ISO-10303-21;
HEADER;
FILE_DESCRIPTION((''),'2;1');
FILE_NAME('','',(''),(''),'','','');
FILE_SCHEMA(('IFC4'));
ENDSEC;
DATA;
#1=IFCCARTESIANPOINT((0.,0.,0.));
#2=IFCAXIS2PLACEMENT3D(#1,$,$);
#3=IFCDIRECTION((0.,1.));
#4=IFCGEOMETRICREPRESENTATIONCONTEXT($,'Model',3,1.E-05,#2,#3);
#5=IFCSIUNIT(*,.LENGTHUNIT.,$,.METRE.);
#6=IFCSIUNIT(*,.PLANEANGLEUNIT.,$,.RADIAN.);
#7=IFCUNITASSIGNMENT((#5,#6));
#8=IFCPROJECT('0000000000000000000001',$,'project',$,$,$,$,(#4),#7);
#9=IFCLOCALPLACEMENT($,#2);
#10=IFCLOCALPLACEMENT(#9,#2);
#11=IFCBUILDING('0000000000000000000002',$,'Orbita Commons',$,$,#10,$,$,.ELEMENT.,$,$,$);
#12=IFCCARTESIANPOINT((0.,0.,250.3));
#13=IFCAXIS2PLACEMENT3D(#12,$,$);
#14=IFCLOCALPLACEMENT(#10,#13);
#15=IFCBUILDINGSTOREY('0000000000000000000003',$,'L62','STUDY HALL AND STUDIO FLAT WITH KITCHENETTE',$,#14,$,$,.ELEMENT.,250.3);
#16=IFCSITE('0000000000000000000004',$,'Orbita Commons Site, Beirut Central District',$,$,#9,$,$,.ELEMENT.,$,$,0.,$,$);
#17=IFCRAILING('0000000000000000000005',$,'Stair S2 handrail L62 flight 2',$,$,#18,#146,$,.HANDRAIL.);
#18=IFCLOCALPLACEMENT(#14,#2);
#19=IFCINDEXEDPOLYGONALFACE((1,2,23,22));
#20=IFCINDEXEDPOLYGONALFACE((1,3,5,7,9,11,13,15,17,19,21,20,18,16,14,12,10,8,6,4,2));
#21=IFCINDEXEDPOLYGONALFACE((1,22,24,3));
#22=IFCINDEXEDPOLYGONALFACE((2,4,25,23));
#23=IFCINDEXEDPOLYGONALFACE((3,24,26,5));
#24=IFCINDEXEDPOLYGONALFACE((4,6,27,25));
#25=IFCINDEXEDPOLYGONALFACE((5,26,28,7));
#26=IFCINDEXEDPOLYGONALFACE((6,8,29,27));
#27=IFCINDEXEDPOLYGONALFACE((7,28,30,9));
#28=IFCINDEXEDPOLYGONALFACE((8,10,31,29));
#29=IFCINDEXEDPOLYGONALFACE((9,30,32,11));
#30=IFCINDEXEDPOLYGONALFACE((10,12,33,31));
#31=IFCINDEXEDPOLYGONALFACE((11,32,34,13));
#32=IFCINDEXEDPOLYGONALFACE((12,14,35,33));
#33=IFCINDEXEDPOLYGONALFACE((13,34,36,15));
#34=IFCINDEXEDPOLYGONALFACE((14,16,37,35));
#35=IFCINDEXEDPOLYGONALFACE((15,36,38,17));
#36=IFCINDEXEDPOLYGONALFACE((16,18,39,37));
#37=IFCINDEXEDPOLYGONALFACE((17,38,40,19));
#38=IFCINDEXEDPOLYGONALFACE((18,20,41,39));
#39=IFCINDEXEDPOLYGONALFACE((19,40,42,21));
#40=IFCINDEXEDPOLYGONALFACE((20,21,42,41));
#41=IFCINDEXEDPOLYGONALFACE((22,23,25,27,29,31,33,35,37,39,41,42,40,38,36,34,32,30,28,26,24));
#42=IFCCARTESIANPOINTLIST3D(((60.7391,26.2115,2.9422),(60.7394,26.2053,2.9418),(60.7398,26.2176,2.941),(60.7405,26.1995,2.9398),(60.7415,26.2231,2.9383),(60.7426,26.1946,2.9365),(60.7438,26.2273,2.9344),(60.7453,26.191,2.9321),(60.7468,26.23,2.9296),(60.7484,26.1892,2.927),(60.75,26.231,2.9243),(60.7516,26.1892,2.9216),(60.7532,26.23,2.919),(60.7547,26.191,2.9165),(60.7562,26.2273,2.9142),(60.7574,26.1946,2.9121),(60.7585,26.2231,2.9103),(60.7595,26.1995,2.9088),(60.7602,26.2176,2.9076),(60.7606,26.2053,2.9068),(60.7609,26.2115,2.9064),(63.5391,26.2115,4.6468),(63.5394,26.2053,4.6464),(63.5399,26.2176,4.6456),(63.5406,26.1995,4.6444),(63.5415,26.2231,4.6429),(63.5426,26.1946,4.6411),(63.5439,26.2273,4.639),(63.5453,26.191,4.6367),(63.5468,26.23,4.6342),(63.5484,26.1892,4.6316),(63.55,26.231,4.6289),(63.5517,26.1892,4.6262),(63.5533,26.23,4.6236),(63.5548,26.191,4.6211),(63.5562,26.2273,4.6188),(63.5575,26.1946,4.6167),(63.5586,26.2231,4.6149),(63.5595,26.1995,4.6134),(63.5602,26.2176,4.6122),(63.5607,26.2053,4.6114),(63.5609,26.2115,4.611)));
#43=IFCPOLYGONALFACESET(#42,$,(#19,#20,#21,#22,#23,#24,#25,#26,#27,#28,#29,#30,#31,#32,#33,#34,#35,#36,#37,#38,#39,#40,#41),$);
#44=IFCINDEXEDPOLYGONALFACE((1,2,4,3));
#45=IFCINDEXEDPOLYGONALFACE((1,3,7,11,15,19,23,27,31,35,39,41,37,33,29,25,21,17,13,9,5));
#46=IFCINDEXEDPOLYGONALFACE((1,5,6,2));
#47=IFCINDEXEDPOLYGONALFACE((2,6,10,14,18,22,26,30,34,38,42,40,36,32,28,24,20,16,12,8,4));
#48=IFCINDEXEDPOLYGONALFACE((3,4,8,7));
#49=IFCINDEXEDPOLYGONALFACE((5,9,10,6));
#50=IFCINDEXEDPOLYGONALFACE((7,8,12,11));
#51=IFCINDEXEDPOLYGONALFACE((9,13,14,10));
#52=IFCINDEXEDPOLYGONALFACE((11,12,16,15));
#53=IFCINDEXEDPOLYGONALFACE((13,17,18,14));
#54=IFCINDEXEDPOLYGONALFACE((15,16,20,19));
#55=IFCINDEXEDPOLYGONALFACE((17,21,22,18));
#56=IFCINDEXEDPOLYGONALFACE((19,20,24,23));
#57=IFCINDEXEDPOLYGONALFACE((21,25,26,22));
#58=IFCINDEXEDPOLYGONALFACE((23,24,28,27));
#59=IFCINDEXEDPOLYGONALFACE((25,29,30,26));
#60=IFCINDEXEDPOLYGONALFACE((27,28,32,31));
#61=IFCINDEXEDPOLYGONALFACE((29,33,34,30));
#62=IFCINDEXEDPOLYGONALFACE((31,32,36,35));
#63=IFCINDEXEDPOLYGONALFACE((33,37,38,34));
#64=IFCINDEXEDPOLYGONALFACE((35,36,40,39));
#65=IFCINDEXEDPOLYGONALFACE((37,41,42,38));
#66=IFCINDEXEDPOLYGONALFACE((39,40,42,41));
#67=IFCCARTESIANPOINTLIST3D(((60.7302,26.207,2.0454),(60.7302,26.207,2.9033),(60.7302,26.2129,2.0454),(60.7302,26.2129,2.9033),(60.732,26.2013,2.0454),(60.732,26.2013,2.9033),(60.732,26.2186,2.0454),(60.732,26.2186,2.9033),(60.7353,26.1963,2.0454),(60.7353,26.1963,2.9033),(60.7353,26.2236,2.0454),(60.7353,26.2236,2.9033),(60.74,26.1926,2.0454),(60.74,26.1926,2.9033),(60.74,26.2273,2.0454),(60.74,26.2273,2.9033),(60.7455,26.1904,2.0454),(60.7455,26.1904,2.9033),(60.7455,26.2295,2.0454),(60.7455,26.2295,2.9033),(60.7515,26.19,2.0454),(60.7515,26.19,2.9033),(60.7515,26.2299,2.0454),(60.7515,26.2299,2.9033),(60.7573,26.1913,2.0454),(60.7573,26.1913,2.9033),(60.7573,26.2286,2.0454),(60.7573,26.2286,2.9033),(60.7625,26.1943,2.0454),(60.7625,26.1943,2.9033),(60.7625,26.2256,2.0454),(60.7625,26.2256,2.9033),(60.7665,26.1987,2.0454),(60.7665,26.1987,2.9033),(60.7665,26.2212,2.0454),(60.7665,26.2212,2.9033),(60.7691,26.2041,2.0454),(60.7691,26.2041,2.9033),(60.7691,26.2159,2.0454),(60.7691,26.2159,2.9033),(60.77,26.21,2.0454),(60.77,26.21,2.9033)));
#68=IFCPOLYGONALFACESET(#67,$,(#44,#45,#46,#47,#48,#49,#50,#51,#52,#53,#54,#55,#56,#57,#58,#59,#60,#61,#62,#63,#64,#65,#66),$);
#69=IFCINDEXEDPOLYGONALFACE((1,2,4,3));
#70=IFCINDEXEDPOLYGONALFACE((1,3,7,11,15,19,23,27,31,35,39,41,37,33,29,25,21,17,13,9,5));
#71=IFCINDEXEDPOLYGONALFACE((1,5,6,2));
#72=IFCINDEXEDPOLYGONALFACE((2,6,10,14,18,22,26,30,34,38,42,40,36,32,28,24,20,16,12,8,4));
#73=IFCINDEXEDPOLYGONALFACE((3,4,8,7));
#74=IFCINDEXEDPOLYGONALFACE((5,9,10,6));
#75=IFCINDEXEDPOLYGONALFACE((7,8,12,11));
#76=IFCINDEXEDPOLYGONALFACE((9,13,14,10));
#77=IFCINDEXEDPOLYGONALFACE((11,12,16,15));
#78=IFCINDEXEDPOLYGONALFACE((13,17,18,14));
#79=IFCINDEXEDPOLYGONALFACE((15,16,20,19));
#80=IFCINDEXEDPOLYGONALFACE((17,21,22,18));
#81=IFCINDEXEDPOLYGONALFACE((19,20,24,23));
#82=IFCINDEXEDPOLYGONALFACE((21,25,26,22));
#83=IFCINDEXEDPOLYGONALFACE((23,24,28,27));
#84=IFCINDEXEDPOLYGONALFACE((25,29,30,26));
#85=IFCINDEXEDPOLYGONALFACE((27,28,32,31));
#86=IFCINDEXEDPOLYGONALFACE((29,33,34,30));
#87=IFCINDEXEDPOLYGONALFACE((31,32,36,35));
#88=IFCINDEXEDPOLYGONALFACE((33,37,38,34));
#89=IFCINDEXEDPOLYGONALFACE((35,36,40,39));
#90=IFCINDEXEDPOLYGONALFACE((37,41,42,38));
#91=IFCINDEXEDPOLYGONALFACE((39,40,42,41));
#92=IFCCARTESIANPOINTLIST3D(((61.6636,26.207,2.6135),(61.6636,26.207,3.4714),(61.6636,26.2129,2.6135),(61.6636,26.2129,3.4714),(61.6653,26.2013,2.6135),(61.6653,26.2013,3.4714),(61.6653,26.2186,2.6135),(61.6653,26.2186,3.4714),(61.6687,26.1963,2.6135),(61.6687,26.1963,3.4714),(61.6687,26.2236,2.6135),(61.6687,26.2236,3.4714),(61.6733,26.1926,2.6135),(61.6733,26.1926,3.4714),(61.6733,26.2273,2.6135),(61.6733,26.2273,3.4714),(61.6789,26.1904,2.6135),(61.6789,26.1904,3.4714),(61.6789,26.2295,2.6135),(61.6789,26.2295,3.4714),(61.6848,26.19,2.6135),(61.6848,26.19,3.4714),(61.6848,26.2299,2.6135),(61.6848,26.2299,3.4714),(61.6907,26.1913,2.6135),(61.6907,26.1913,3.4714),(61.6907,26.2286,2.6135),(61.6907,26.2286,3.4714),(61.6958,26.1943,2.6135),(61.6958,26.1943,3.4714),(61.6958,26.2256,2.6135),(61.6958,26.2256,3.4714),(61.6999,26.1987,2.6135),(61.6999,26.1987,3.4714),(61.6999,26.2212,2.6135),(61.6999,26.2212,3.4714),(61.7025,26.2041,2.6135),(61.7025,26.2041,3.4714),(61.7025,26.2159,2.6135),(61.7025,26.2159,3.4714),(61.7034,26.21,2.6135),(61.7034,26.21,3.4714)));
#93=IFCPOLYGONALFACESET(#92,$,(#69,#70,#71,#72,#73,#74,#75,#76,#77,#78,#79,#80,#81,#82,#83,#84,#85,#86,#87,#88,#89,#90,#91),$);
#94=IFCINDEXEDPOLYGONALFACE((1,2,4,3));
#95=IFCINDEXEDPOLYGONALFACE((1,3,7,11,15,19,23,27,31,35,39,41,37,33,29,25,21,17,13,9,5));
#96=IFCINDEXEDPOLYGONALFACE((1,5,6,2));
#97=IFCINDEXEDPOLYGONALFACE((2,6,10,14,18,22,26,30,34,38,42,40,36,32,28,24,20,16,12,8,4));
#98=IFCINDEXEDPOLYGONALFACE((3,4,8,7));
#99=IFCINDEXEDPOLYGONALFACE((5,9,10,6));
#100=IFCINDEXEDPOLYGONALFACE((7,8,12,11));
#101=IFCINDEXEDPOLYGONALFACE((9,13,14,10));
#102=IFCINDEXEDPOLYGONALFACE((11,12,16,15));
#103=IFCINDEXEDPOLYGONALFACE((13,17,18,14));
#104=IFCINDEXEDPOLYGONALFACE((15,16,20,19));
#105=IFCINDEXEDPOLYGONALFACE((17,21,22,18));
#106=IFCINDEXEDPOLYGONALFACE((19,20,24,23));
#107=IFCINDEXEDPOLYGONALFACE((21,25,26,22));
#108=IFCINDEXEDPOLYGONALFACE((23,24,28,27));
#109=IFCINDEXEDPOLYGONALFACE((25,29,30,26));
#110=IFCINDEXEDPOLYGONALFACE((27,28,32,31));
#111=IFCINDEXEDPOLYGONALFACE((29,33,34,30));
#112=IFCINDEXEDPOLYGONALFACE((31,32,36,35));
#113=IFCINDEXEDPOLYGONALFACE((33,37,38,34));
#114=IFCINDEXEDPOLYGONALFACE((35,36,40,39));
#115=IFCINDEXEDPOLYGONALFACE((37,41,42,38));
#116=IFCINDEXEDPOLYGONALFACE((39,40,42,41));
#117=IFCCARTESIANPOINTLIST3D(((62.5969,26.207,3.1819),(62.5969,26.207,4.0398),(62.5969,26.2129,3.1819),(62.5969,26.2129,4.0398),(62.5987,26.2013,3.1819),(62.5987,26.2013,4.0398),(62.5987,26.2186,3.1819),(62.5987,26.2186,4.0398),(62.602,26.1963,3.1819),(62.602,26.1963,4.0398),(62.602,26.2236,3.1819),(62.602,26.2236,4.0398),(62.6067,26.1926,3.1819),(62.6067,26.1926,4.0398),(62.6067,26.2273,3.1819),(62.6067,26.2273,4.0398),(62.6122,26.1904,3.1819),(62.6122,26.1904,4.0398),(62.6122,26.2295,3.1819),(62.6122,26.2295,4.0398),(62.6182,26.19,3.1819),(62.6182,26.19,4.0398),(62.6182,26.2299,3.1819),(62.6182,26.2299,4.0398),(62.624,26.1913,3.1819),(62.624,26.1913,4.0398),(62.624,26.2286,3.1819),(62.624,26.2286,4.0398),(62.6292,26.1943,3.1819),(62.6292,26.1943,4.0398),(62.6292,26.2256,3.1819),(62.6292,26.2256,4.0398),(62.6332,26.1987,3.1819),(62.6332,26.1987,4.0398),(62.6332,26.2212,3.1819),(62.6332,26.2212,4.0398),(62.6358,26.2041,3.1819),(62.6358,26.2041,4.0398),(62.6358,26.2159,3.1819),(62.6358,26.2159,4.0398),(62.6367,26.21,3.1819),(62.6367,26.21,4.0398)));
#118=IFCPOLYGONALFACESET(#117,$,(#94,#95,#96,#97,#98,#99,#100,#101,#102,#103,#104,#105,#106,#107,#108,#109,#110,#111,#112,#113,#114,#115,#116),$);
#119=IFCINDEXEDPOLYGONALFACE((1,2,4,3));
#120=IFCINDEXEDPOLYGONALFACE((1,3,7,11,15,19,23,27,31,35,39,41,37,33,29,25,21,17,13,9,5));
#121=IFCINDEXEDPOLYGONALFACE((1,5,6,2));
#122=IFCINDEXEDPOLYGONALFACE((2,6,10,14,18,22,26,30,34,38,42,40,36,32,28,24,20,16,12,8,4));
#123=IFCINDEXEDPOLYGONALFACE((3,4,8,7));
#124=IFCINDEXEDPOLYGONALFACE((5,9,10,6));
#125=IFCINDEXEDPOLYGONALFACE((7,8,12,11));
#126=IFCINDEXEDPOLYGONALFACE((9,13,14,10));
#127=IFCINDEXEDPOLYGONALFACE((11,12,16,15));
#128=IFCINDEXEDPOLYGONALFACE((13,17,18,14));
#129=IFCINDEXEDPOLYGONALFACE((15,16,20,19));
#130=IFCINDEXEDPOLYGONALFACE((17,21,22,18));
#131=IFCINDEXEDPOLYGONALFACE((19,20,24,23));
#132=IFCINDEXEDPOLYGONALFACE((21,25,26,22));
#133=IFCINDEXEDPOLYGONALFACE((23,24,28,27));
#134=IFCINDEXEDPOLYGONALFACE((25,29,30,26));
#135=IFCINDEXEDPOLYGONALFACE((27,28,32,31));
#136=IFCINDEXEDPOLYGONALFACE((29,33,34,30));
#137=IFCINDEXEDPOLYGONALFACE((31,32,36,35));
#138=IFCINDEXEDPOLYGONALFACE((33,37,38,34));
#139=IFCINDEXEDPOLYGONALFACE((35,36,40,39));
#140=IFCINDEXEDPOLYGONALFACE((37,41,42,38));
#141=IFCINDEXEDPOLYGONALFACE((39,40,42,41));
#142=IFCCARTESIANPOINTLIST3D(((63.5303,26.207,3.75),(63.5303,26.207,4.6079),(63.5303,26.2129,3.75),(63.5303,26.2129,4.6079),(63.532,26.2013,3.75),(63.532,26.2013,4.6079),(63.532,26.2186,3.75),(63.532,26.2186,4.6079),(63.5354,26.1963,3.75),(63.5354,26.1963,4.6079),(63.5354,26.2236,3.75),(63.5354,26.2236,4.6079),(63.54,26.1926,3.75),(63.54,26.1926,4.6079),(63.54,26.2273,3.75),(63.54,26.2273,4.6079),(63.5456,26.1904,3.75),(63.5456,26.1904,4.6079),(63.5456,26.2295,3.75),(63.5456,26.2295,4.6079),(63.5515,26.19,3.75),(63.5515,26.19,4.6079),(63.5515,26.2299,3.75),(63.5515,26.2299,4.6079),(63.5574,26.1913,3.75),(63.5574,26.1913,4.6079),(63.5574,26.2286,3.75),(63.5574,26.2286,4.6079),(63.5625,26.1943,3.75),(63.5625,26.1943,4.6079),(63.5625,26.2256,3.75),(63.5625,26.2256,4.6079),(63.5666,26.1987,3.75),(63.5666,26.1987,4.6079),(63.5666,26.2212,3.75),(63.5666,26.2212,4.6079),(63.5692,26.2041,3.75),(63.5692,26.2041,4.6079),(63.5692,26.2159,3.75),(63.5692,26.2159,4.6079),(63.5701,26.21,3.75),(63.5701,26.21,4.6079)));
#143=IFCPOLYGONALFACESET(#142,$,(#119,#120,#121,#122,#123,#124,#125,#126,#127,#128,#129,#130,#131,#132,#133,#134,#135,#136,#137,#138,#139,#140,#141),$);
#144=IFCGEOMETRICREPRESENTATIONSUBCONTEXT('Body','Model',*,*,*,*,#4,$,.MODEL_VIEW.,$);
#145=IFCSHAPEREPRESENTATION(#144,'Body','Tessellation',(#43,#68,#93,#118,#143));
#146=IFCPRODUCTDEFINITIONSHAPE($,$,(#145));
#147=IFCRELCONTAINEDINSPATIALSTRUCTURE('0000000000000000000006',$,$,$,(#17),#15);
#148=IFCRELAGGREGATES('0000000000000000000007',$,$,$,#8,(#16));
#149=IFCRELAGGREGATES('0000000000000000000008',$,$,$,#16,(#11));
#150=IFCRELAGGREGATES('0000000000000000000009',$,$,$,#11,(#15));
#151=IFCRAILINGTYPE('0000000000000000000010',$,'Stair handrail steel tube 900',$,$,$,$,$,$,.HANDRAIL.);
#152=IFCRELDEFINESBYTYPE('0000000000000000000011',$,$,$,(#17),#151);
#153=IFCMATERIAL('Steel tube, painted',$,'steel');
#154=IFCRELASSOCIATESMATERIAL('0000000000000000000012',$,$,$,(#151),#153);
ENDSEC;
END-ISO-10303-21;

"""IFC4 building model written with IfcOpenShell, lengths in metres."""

from ifc_helpers import new_model, si_unit, direction, frame, origin, origin_2d, place, context, subcontext, project, spatial, circle, extrude, material, type_object, element, save


model = new_model("IFC4")

# Units and contexts
model_context = context("Model", 3, precision=1e-05, world=origin(), true_north=direction((0.0, 1.0)))
body_context = subcontext(model_context, "Body", "Model", "MODEL_VIEW")
ifc_project = project(units=[si_unit("LENGTHUNIT", "METRE"), si_unit("PLANEANGLEUNIT", "RADIAN")], contexts=[model_context])

# Site, building, storey
site_placement = place(None, origin())
site = spatial("IfcSite", under=ifc_project, at=site_placement, Name="Orbita Commons Site, Beirut Central District", CompositionType="ELEMENT", RefElevation=0.0)
building_placement = place(site_placement, origin())
building = spatial("IfcBuilding", under=site, at=building_placement, Name="Orbita Commons", CompositionType="ELEMENT")
storey_placement = place(building_placement, frame((0.0, 0.0, 250.3)))
storey = spatial("IfcBuildingStorey", under=building, at=storey_placement, Name="L62", Description="STUDY HALL AND STUDIO FLAT WITH KITCHENETTE", CompositionType="ELEMENT", Elevation=250.3)

# Railing
ifc_material_1 = material(Name="Steel tube, painted", Category="steel")
railing_type = type_object("IfcRailingType", Name="Stair handrail steel tube 900", PredefinedType="HANDRAIL", material=ifc_material_1)
for number, where, name in (
    (1, (60.75, 26.21, 2.0454), "Stair S2 handrail L62 flight 2"),
):
    element("IfcRailing", number, at=place(storey_placement, frame(where)), inside=storey, type_object=railing_type, Name=name, PredefinedType="HANDRAIL", context=body_context, shape_type="SweptSolid", body=[
        extrude(circle(Radius=0.021, at=origin_2d()), frame((0.0, 0.0, 0.8789), z_axis=(0.85417, 0.0, 0.519994), x_axis=(0.0, 1.0, 0.0)), (0.0, 0.0, 1.0), 3.2781),
        extrude(circle(Radius=0.02, at=origin_2d()), origin(), (0.0, 0.0, 1.0), 0.8579),
        extrude(circle(Radius=0.02, at=origin_2d()), frame((0.9333, 0.0, 0.5681)), (0.0, 0.0, 1.0), 0.8579),
        extrude(circle(Radius=0.02, at=origin_2d()), frame((1.8667, 0.0, 1.1365)), (0.0, 0.0, 1.0), 0.8579),
        extrude(circle(Radius=0.02, at=origin_2d()), frame((2.8, 0.0, 1.7046)), (0.0, 0.0, 1.0), 0.8579),
    ])

save(model, "model.ifc")
